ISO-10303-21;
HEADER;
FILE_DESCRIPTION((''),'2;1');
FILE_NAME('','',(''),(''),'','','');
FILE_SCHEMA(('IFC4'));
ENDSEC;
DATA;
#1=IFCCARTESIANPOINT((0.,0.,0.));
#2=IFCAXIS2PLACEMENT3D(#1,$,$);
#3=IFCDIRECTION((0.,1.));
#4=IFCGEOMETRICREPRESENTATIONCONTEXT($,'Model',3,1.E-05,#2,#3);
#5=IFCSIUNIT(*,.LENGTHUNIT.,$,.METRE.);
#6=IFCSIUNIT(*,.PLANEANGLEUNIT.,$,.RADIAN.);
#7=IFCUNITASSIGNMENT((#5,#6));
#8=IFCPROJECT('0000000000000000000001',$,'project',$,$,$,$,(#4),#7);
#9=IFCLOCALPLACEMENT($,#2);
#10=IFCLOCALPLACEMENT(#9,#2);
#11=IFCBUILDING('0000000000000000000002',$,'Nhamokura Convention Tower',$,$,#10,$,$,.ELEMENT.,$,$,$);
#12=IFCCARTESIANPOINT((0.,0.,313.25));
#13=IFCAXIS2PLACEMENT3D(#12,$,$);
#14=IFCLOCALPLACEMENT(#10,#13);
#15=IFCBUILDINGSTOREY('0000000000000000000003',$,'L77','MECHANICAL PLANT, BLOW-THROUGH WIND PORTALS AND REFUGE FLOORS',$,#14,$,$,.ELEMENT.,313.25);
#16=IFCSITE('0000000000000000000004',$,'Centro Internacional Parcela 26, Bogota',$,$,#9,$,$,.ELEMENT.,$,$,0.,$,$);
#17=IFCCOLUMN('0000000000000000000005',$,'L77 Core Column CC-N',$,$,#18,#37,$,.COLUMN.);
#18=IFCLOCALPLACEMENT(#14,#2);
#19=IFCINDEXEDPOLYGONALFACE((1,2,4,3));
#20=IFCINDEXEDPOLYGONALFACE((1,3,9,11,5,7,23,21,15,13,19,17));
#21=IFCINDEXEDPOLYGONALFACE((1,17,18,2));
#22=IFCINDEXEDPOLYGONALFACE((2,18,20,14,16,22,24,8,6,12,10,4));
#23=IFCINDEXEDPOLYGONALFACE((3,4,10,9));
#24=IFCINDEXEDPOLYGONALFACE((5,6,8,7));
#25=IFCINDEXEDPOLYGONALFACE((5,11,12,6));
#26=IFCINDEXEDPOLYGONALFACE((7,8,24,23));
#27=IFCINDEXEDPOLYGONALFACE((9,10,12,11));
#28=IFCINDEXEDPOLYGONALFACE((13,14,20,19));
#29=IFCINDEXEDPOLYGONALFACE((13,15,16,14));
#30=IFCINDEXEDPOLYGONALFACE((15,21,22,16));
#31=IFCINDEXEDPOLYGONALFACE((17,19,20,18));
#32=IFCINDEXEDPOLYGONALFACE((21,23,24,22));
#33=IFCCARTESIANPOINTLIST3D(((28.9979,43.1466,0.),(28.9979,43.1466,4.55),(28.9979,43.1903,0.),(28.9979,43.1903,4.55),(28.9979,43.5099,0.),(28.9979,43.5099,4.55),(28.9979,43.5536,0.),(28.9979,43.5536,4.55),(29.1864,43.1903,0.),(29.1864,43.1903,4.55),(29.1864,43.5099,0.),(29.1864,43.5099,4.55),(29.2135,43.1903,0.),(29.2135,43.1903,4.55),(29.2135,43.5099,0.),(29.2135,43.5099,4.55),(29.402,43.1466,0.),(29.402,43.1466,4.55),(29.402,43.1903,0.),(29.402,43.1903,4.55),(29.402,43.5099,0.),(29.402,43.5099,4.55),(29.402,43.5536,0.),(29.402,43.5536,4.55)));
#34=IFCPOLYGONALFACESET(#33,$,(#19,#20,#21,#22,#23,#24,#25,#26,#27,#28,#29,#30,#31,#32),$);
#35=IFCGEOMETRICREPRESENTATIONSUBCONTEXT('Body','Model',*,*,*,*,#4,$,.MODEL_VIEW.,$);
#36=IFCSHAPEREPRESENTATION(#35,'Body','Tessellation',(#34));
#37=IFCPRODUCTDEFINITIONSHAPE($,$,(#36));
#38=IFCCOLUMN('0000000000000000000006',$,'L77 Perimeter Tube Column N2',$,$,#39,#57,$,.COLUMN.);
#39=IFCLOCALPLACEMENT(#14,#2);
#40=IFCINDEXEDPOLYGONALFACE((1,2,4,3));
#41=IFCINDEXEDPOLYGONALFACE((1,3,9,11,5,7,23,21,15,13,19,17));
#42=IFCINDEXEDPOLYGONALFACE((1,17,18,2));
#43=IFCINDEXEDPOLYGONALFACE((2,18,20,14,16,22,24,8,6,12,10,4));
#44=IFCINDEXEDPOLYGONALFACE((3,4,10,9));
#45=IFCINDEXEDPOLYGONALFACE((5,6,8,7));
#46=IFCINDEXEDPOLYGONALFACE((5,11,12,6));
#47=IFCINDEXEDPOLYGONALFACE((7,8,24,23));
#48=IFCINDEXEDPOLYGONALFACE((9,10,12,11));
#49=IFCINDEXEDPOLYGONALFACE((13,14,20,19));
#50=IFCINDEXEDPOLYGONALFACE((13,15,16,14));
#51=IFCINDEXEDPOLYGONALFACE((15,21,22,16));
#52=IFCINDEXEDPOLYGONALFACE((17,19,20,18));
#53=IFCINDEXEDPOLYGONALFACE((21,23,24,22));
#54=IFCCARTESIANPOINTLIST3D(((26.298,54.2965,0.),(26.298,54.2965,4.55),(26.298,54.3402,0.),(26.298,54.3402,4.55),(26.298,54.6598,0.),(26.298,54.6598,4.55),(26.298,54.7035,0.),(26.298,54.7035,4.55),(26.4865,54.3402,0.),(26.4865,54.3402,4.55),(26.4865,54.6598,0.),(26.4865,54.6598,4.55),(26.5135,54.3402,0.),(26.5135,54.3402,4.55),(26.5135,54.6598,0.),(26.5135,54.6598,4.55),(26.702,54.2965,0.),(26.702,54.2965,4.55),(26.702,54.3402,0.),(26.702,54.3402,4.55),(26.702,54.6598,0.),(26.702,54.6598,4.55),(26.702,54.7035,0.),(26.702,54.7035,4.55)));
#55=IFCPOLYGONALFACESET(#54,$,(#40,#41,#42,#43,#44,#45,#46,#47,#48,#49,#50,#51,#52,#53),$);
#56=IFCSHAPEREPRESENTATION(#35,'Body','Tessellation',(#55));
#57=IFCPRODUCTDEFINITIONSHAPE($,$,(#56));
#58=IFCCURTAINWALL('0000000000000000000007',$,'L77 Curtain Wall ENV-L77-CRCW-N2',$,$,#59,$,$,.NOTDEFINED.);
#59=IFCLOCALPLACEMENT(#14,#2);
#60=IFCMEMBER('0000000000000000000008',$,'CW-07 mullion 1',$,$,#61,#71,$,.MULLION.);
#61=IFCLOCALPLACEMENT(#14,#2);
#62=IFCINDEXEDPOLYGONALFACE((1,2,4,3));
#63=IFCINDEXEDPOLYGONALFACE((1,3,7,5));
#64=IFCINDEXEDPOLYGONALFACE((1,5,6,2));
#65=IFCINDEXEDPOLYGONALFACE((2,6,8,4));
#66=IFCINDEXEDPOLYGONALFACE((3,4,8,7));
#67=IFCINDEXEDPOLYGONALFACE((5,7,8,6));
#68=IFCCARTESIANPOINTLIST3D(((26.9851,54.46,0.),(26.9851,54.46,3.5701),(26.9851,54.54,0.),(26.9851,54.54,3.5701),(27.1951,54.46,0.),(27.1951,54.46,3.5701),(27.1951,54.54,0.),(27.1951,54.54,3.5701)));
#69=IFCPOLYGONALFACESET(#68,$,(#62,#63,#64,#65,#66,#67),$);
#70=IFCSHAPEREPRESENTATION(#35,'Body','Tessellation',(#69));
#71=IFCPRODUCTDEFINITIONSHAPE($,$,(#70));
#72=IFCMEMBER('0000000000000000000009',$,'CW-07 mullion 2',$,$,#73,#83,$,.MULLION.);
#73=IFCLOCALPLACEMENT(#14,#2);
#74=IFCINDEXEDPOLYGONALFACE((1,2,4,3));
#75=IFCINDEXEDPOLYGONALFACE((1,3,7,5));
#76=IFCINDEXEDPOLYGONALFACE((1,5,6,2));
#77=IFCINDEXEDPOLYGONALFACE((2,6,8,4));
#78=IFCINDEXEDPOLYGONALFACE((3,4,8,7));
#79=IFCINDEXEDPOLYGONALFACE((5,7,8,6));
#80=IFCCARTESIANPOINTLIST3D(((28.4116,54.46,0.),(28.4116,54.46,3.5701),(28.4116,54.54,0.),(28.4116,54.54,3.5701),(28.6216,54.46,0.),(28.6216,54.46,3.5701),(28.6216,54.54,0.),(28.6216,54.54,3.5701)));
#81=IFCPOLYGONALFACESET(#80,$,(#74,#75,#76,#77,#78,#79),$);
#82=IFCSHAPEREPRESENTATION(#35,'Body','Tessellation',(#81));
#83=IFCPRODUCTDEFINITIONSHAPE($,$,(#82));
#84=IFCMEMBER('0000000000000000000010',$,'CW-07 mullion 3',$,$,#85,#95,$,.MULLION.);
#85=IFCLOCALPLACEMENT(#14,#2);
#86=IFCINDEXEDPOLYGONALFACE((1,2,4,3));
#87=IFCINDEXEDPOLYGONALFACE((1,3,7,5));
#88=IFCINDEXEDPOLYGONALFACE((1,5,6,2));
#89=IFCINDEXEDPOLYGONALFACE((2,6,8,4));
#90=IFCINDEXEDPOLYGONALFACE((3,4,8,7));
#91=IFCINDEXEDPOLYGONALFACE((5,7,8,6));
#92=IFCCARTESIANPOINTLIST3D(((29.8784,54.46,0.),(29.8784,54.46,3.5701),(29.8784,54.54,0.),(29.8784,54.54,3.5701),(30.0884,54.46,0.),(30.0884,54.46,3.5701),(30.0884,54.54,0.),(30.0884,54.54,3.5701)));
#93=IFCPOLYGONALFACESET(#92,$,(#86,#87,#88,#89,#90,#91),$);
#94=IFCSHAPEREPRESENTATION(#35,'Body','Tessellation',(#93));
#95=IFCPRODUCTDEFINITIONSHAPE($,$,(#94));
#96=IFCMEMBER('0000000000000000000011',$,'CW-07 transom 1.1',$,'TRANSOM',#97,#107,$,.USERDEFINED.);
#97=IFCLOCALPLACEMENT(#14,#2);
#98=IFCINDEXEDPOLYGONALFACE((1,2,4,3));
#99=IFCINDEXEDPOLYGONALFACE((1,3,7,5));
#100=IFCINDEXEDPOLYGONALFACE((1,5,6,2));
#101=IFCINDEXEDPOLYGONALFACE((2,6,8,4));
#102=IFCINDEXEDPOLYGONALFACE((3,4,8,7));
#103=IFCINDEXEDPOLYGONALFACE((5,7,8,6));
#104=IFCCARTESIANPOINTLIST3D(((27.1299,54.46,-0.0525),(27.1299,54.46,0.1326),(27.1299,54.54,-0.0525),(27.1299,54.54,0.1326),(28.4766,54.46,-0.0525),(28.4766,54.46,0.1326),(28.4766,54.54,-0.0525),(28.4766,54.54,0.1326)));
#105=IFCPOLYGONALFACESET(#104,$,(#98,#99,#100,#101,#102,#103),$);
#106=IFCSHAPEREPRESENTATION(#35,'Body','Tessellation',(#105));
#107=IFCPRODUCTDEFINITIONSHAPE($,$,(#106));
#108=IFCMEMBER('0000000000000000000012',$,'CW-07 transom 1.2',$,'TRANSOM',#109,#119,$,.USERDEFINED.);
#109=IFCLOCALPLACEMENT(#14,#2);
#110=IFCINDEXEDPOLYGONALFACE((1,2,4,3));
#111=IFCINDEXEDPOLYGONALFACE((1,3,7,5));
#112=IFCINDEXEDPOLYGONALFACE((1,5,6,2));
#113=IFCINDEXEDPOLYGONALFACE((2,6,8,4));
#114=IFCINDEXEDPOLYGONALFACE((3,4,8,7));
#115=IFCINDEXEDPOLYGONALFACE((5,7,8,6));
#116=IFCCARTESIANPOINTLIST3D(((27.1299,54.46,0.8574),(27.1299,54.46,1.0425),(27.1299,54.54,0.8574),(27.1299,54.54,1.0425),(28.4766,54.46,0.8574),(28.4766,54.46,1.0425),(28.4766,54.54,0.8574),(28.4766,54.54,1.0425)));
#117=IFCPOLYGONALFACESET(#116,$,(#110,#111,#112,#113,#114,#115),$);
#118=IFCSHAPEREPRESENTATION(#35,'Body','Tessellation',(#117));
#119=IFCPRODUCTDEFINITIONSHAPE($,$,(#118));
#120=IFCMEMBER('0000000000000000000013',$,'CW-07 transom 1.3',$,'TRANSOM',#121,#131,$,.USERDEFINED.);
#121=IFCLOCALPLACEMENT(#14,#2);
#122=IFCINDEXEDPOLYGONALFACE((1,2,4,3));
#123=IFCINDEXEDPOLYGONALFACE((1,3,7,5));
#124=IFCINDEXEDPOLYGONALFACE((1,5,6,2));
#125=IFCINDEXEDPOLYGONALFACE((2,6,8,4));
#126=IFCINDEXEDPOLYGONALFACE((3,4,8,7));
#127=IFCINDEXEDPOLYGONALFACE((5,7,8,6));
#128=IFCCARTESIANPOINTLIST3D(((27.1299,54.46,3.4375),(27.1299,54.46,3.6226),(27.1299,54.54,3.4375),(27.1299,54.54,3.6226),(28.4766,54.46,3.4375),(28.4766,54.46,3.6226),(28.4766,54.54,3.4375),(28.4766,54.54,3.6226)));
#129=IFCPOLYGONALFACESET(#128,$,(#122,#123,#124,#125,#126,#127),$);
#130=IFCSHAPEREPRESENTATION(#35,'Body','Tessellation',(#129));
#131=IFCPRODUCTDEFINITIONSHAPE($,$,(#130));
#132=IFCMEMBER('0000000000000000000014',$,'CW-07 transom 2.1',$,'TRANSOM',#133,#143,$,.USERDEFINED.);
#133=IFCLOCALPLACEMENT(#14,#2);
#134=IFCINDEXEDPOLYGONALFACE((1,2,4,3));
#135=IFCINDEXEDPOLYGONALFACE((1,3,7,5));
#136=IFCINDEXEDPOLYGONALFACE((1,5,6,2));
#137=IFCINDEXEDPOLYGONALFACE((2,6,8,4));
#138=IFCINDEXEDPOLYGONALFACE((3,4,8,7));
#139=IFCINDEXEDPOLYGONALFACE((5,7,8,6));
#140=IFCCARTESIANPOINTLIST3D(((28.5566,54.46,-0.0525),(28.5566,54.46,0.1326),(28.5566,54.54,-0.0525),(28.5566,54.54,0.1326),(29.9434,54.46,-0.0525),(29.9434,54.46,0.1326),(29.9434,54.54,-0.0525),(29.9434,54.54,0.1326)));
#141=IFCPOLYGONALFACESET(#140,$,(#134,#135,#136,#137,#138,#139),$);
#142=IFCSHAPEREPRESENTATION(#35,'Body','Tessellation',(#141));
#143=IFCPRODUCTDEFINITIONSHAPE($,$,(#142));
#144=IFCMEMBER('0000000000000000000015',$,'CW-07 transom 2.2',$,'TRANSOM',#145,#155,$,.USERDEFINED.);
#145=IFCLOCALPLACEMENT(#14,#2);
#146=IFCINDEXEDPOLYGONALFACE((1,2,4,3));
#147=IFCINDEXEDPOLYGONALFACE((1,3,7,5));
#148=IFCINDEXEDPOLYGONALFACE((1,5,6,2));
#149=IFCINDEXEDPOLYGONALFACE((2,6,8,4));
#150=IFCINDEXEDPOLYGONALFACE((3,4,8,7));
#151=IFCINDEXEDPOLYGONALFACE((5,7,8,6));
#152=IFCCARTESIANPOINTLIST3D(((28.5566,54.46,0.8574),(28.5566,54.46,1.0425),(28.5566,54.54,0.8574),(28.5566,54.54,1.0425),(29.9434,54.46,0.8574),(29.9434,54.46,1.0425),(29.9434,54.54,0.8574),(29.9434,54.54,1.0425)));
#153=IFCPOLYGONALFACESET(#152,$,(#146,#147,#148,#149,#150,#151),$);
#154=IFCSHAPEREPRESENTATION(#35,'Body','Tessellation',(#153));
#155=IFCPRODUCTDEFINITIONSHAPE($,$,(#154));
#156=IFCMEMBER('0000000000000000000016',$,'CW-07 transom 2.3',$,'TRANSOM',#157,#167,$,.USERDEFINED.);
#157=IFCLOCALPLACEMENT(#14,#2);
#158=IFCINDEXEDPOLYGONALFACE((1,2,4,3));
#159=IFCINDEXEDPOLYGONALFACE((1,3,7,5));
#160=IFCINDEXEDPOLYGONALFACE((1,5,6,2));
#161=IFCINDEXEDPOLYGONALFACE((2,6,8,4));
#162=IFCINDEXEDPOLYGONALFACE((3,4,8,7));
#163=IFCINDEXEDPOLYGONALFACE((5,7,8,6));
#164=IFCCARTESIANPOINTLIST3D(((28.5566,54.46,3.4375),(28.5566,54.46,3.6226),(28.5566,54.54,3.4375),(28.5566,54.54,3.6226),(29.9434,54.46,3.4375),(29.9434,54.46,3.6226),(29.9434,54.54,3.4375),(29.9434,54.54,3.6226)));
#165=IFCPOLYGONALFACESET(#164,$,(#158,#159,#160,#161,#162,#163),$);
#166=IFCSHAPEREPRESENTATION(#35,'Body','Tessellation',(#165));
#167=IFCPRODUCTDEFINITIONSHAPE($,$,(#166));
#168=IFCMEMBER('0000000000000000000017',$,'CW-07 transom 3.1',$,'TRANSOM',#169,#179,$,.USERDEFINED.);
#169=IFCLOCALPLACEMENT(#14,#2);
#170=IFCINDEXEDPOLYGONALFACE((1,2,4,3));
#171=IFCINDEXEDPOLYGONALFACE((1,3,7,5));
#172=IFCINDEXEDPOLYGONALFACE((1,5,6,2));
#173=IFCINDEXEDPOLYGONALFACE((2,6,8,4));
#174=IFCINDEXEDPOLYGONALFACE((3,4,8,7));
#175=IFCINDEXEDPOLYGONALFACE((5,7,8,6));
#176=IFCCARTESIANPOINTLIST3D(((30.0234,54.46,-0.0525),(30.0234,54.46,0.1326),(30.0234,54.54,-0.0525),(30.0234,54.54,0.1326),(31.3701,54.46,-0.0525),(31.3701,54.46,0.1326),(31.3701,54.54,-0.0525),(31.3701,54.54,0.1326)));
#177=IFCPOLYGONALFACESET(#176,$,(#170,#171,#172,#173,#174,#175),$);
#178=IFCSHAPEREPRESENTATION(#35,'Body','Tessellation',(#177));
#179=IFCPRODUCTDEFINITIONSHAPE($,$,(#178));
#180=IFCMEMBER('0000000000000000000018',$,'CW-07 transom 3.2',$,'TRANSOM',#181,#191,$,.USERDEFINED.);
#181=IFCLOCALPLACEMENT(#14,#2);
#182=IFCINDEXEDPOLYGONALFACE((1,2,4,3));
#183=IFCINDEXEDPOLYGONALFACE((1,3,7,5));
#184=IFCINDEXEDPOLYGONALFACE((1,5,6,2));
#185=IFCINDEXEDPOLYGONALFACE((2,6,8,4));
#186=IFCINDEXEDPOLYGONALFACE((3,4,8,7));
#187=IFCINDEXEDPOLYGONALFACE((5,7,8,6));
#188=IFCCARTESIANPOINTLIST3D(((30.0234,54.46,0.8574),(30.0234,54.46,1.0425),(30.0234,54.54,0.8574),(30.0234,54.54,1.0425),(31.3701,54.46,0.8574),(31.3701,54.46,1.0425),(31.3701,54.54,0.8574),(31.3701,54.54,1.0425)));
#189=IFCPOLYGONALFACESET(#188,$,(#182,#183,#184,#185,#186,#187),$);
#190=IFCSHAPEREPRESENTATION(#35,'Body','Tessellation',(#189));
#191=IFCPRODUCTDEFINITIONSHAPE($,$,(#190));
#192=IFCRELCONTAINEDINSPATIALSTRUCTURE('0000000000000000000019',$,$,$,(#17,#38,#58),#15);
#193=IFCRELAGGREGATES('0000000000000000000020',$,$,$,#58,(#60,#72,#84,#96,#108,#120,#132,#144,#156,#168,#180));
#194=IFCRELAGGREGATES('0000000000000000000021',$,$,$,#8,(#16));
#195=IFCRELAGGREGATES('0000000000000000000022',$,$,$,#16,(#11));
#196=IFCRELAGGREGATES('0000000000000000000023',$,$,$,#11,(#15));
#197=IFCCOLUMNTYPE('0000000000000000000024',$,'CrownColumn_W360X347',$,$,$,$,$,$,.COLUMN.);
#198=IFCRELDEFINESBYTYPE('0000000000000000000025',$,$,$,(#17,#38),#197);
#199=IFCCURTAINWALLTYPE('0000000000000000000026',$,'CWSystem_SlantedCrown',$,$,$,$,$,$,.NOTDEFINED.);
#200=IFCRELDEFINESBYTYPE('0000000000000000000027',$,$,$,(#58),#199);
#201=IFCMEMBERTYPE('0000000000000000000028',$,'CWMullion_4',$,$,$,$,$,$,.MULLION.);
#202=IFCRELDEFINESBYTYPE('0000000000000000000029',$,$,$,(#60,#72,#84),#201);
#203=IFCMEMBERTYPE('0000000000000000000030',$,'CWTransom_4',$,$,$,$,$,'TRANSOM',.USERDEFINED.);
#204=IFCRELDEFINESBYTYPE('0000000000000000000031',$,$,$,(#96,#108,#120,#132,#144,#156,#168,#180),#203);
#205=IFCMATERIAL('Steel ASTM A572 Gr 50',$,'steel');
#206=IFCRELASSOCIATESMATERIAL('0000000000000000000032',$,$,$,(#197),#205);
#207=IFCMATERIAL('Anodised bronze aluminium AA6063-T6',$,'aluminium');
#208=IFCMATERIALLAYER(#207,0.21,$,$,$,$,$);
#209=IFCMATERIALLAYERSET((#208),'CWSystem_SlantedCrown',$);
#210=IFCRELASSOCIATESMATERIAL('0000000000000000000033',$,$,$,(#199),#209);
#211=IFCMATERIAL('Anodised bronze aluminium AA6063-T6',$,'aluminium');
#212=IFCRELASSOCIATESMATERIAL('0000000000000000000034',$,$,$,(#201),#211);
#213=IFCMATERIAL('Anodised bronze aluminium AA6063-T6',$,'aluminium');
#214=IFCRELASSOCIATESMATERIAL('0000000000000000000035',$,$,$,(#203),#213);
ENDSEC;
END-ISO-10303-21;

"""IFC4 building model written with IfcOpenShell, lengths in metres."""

from ifc_helpers import new_model, si_unit, direction, frame, origin, origin_2d, place, context, subcontext, project, spatial, rectangle, i_section, extrude, material, layer, layer_set, material_profile, profile_set, type_object, element, aggregate, save


model = new_model("IFC4")

# Units and contexts
model_context = context("Model", 3, precision=1e-05, world=origin(), true_north=direction((0.0, 1.0)))
body_context = subcontext(model_context, "Body", "Model", "MODEL_VIEW")
ifc_project = project(units=[si_unit("LENGTHUNIT", "METRE"), si_unit("PLANEANGLEUNIT", "RADIAN")], contexts=[model_context])

# Site, building, storey
site_placement = place(None, origin())
site = spatial("IfcSite", under=ifc_project, at=site_placement, Name="Centro Internacional Parcela 26, Bogota", CompositionType="ELEMENT", RefElevation=0.0)
building_placement = place(site_placement, origin())
building = spatial("IfcBuilding", under=site, at=building_placement, Name="Nhamokura Convention Tower", CompositionType="ELEMENT")
storey_placement = place(building_placement, frame((0.0, 0.0, 313.25)))
storey = spatial("IfcBuildingStorey", under=building, at=storey_placement, Name="L77", Description="MECHANICAL PLANT, BLOW-THROUGH WIND PORTALS AND REFUGE FLOORS", CompositionType="ELEMENT", Elevation=313.25)

# Columns
ifc_material_1 = material(Name="Steel ASTM A572 Gr 50", Category="steel")
ifc_material_profile_1 = material_profile(ifc_material_1, i_section(OverallWidth=0.4041, OverallDepth=0.407, WebThickness=0.0271, FlangeThickness=0.0437, at=origin_2d()))
ifc_profile_set_1 = profile_set([ifc_material_profile_1], Name="Steel ASTM A572 Gr 50")
column_type = type_object("IfcColumnType", Name="CrownColumn_W360X347", PredefinedType="COLUMN", material=ifc_profile_set_1)
for number, where, z_axis, x_axis, name in (
    (1, (29.2, 43.3501, 0.0), (0.0, 0.0, 1.0), (1.0, 0.0, 0.0), "L77 Core Column CC-N"),
    (2, (26.5, 54.5, 0.0), (0.0, 0.0, 1.0), (1.0, 0.0, 0.0), "L77 Perimeter Tube Column N2"),
):
    element("IfcColumn", number, at=place(storey_placement, frame(where, z_axis=z_axis, x_axis=x_axis)), inside=storey, type_object=column_type, Name=name, PredefinedType="COLUMN", context=body_context, shape_type="SweptSolid", body=[
        extrude(i_section(OverallWidth=0.4041, OverallDepth=0.407, WebThickness=0.0271, FlangeThickness=0.0437, at=origin_2d()), origin(), (0.0, 0.0, 1.0), 4.55),
    ])

# Curtain wall, members
ifc_material_2 = material(Name="Anodised bronze aluminium AA6063-T6", Category="aluminium")
ifc_layer_1 = layer(ifc_material_2, 0.21)
ifc_layer_set_1 = layer_set([ifc_layer_1], Name="CWSystem_SlantedCrown")
curtain_wall_type = type_object("IfcCurtainWallType", Name="CWSystem_SlantedCrown", PredefinedType="NOTDEFINED", material=ifc_layer_set_1)
curtain_wall_placement = place(storey_placement, origin())
curtain_wall = element("IfcCurtainWall", 3, at=curtain_wall_placement, inside=storey, type_object=curtain_wall_type, Name="L77 Curtain Wall ENV-L77-CRCW-N2", PredefinedType="NOTDEFINED")
ifc_material_3 = material(Name="Anodised bronze aluminium AA6063-T6", Category="aluminium")
ifc_material_profile_2 = material_profile(ifc_material_3, rectangle(XDim=0.0801, YDim=0.21, at=origin_2d()))
ifc_profile_set_2 = profile_set([ifc_material_profile_2], Name="Anodised bronze aluminium AA6063-T6")
member_type_1 = type_object("IfcMemberType", Name="CWMullion_4", PredefinedType="MULLION", material=ifc_profile_set_2)
member_1_placement = place(storey_placement, frame((27.0901, 54.5, 0.0), z_axis=(0.0, 0.0, 1.0), x_axis=(0.0, 1.0, 0.0)))
member_1 = element("IfcMember", 4, at=member_1_placement, type_object=member_type_1, Name="CW-07 mullion 1", PredefinedType="MULLION", context=body_context, shape_type="SweptSolid", body=[
    extrude(rectangle(XDim=0.0801, YDim=0.21, at=origin_2d()), origin(), (0.0, 0.0, 1.0), 3.5701),
])
member_2_placement = place(storey_placement, frame((28.5166, 54.5, 0.0), z_axis=(0.0, 0.0, 1.0), x_axis=(0.0, 1.0, 0.0)))
member_2 = element("IfcMember", 5, at=member_2_placement, type_object=member_type_1, Name="CW-07 mullion 2", PredefinedType="MULLION", context=body_context, shape_type="SweptSolid", body=[
    extrude(rectangle(XDim=0.0801, YDim=0.21, at=origin_2d()), origin(), (0.0, 0.0, 1.0), 3.5701),
])
member_3_placement = place(storey_placement, frame((29.9834, 54.5, 0.0), z_axis=(0.0, 0.0, 1.0), x_axis=(0.0, 1.0, 0.0)))
member_3 = element("IfcMember", 6, at=member_3_placement, type_object=member_type_1, Name="CW-07 mullion 3", PredefinedType="MULLION", context=body_context, shape_type="SweptSolid", body=[
    extrude(rectangle(XDim=0.0801, YDim=0.21, at=origin_2d()), origin(), (0.0, 0.0, 1.0), 3.5701),
])
ifc_material_4 = material(Name="Anodised bronze aluminium AA6063-T6", Category="aluminium")
ifc_material_profile_3 = material_profile(ifc_material_4, rectangle(XDim=0.0801, YDim=0.1851, at=origin_2d()))
ifc_profile_set_3 = profile_set([ifc_material_profile_3], Name="Anodised bronze aluminium AA6063-T6")
member_type_2 = type_object("IfcMemberType", Name="CWTransom_4", ElementType="TRANSOM", PredefinedType="USERDEFINED", material=ifc_profile_set_3)
member_4_placement = place(storey_placement, frame((27.1299, 54.5, 0.04), z_axis=(1.0, 0.0, 0.0), x_axis=(0.0, 1.0, 0.0)))
member_4 = element("IfcMember", 7, at=member_4_placement, type_object=member_type_2, Name="CW-07 transom 1.1", ObjectType="TRANSOM", PredefinedType="USERDEFINED", context=body_context, shape_type="SweptSolid", body=[
    extrude(rectangle(XDim=0.0801, YDim=0.1851, at=origin_2d()), origin(), (0.0, 0.0, 1.0), 1.3467),
])
member_5_placement = place(storey_placement, frame((27.1299, 54.5, 0.95), z_axis=(1.0, 0.0, 0.0), x_axis=(0.0, 1.0, 0.0)))
member_5 = element("IfcMember", 8, at=member_5_placement, type_object=member_type_2, Name="CW-07 transom 1.2", ObjectType="TRANSOM", PredefinedType="USERDEFINED", context=body_context, shape_type="SweptSolid", body=[
    extrude(rectangle(XDim=0.0801, YDim=0.1851, at=origin_2d()), origin(), (0.0, 0.0, 1.0), 1.3467),
])
member_6_placement = place(storey_placement, frame((27.1299, 54.5, 3.53), z_axis=(1.0, 0.0, 0.0), x_axis=(0.0, 1.0, 0.0)))
member_6 = element("IfcMember", 9, at=member_6_placement, type_object=member_type_2, Name="CW-07 transom 1.3", ObjectType="TRANSOM", PredefinedType="USERDEFINED", context=body_context, shape_type="SweptSolid", body=[
    extrude(rectangle(XDim=0.0801, YDim=0.1851, at=origin_2d()), origin(), (0.0, 0.0, 1.0), 1.3467),
])
member_7_placement = place(storey_placement, frame((28.5566, 54.5, 0.04), z_axis=(1.0, 0.0, 0.0), x_axis=(0.0, 1.0, 0.0)))
member_7 = element("IfcMember", 10, at=member_7_placement, type_object=member_type_2, Name="CW-07 transom 2.1", ObjectType="TRANSOM", PredefinedType="USERDEFINED", context=body_context, shape_type="SweptSolid", body=[
    extrude(rectangle(XDim=0.0801, YDim=0.1851, at=origin_2d()), origin(), (0.0, 0.0, 1.0), 1.3867),
])
member_8_placement = place(storey_placement, frame((28.5566, 54.5, 0.95), z_axis=(1.0, 0.0, 0.0), x_axis=(0.0, 1.0, 0.0)))
member_8 = element("IfcMember", 11, at=member_8_placement, type_object=member_type_2, Name="CW-07 transom 2.2", ObjectType="TRANSOM", PredefinedType="USERDEFINED", context=body_context, shape_type="SweptSolid", body=[
    extrude(rectangle(XDim=0.0801, YDim=0.1851, at=origin_2d()), origin(), (0.0, 0.0, 1.0), 1.3867),
])
member_9_placement = place(storey_placement, frame((28.5566, 54.5, 3.53), z_axis=(1.0, 0.0, 0.0), x_axis=(0.0, 1.0, 0.0)))
member_9 = element("IfcMember", 12, at=member_9_placement, type_object=member_type_2, Name="CW-07 transom 2.3", ObjectType="TRANSOM", PredefinedType="USERDEFINED", context=body_context, shape_type="SweptSolid", body=[
    extrude(rectangle(XDim=0.0801, YDim=0.1851, at=origin_2d()), origin(), (0.0, 0.0, 1.0), 1.3867),
])
member_10_placement = place(storey_placement, frame((30.0234, 54.5, 0.04), z_axis=(1.0, 0.0, 0.0), x_axis=(0.0, 1.0, 0.0)))
member_10 = element("IfcMember", 13, at=member_10_placement, type_object=member_type_2, Name="CW-07 transom 3.1", ObjectType="TRANSOM", PredefinedType="USERDEFINED", context=body_context, shape_type="SweptSolid", body=[
    extrude(rectangle(XDim=0.0801, YDim=0.1851, at=origin_2d()), origin(), (0.0, 0.0, 1.0), 1.3467),
])
member_11_placement = place(storey_placement, frame((30.0234, 54.5, 0.95), z_axis=(1.0, 0.0, 0.0), x_axis=(0.0, 1.0, 0.0)))
member_11 = element("IfcMember", 14, at=member_11_placement, type_object=member_type_2, Name="CW-07 transom 3.2", ObjectType="TRANSOM", PredefinedType="USERDEFINED", context=body_context, shape_type="SweptSolid", body=[
    extrude(rectangle(XDim=0.0801, YDim=0.1851, at=origin_2d()), origin(), (0.0, 0.0, 1.0), 1.3467),
])

aggregate(curtain_wall, [member_1, member_2, member_3, member_4, member_5, member_6, member_7, member_8, member_9, member_10, member_11])

save(model, "model.ifc")
